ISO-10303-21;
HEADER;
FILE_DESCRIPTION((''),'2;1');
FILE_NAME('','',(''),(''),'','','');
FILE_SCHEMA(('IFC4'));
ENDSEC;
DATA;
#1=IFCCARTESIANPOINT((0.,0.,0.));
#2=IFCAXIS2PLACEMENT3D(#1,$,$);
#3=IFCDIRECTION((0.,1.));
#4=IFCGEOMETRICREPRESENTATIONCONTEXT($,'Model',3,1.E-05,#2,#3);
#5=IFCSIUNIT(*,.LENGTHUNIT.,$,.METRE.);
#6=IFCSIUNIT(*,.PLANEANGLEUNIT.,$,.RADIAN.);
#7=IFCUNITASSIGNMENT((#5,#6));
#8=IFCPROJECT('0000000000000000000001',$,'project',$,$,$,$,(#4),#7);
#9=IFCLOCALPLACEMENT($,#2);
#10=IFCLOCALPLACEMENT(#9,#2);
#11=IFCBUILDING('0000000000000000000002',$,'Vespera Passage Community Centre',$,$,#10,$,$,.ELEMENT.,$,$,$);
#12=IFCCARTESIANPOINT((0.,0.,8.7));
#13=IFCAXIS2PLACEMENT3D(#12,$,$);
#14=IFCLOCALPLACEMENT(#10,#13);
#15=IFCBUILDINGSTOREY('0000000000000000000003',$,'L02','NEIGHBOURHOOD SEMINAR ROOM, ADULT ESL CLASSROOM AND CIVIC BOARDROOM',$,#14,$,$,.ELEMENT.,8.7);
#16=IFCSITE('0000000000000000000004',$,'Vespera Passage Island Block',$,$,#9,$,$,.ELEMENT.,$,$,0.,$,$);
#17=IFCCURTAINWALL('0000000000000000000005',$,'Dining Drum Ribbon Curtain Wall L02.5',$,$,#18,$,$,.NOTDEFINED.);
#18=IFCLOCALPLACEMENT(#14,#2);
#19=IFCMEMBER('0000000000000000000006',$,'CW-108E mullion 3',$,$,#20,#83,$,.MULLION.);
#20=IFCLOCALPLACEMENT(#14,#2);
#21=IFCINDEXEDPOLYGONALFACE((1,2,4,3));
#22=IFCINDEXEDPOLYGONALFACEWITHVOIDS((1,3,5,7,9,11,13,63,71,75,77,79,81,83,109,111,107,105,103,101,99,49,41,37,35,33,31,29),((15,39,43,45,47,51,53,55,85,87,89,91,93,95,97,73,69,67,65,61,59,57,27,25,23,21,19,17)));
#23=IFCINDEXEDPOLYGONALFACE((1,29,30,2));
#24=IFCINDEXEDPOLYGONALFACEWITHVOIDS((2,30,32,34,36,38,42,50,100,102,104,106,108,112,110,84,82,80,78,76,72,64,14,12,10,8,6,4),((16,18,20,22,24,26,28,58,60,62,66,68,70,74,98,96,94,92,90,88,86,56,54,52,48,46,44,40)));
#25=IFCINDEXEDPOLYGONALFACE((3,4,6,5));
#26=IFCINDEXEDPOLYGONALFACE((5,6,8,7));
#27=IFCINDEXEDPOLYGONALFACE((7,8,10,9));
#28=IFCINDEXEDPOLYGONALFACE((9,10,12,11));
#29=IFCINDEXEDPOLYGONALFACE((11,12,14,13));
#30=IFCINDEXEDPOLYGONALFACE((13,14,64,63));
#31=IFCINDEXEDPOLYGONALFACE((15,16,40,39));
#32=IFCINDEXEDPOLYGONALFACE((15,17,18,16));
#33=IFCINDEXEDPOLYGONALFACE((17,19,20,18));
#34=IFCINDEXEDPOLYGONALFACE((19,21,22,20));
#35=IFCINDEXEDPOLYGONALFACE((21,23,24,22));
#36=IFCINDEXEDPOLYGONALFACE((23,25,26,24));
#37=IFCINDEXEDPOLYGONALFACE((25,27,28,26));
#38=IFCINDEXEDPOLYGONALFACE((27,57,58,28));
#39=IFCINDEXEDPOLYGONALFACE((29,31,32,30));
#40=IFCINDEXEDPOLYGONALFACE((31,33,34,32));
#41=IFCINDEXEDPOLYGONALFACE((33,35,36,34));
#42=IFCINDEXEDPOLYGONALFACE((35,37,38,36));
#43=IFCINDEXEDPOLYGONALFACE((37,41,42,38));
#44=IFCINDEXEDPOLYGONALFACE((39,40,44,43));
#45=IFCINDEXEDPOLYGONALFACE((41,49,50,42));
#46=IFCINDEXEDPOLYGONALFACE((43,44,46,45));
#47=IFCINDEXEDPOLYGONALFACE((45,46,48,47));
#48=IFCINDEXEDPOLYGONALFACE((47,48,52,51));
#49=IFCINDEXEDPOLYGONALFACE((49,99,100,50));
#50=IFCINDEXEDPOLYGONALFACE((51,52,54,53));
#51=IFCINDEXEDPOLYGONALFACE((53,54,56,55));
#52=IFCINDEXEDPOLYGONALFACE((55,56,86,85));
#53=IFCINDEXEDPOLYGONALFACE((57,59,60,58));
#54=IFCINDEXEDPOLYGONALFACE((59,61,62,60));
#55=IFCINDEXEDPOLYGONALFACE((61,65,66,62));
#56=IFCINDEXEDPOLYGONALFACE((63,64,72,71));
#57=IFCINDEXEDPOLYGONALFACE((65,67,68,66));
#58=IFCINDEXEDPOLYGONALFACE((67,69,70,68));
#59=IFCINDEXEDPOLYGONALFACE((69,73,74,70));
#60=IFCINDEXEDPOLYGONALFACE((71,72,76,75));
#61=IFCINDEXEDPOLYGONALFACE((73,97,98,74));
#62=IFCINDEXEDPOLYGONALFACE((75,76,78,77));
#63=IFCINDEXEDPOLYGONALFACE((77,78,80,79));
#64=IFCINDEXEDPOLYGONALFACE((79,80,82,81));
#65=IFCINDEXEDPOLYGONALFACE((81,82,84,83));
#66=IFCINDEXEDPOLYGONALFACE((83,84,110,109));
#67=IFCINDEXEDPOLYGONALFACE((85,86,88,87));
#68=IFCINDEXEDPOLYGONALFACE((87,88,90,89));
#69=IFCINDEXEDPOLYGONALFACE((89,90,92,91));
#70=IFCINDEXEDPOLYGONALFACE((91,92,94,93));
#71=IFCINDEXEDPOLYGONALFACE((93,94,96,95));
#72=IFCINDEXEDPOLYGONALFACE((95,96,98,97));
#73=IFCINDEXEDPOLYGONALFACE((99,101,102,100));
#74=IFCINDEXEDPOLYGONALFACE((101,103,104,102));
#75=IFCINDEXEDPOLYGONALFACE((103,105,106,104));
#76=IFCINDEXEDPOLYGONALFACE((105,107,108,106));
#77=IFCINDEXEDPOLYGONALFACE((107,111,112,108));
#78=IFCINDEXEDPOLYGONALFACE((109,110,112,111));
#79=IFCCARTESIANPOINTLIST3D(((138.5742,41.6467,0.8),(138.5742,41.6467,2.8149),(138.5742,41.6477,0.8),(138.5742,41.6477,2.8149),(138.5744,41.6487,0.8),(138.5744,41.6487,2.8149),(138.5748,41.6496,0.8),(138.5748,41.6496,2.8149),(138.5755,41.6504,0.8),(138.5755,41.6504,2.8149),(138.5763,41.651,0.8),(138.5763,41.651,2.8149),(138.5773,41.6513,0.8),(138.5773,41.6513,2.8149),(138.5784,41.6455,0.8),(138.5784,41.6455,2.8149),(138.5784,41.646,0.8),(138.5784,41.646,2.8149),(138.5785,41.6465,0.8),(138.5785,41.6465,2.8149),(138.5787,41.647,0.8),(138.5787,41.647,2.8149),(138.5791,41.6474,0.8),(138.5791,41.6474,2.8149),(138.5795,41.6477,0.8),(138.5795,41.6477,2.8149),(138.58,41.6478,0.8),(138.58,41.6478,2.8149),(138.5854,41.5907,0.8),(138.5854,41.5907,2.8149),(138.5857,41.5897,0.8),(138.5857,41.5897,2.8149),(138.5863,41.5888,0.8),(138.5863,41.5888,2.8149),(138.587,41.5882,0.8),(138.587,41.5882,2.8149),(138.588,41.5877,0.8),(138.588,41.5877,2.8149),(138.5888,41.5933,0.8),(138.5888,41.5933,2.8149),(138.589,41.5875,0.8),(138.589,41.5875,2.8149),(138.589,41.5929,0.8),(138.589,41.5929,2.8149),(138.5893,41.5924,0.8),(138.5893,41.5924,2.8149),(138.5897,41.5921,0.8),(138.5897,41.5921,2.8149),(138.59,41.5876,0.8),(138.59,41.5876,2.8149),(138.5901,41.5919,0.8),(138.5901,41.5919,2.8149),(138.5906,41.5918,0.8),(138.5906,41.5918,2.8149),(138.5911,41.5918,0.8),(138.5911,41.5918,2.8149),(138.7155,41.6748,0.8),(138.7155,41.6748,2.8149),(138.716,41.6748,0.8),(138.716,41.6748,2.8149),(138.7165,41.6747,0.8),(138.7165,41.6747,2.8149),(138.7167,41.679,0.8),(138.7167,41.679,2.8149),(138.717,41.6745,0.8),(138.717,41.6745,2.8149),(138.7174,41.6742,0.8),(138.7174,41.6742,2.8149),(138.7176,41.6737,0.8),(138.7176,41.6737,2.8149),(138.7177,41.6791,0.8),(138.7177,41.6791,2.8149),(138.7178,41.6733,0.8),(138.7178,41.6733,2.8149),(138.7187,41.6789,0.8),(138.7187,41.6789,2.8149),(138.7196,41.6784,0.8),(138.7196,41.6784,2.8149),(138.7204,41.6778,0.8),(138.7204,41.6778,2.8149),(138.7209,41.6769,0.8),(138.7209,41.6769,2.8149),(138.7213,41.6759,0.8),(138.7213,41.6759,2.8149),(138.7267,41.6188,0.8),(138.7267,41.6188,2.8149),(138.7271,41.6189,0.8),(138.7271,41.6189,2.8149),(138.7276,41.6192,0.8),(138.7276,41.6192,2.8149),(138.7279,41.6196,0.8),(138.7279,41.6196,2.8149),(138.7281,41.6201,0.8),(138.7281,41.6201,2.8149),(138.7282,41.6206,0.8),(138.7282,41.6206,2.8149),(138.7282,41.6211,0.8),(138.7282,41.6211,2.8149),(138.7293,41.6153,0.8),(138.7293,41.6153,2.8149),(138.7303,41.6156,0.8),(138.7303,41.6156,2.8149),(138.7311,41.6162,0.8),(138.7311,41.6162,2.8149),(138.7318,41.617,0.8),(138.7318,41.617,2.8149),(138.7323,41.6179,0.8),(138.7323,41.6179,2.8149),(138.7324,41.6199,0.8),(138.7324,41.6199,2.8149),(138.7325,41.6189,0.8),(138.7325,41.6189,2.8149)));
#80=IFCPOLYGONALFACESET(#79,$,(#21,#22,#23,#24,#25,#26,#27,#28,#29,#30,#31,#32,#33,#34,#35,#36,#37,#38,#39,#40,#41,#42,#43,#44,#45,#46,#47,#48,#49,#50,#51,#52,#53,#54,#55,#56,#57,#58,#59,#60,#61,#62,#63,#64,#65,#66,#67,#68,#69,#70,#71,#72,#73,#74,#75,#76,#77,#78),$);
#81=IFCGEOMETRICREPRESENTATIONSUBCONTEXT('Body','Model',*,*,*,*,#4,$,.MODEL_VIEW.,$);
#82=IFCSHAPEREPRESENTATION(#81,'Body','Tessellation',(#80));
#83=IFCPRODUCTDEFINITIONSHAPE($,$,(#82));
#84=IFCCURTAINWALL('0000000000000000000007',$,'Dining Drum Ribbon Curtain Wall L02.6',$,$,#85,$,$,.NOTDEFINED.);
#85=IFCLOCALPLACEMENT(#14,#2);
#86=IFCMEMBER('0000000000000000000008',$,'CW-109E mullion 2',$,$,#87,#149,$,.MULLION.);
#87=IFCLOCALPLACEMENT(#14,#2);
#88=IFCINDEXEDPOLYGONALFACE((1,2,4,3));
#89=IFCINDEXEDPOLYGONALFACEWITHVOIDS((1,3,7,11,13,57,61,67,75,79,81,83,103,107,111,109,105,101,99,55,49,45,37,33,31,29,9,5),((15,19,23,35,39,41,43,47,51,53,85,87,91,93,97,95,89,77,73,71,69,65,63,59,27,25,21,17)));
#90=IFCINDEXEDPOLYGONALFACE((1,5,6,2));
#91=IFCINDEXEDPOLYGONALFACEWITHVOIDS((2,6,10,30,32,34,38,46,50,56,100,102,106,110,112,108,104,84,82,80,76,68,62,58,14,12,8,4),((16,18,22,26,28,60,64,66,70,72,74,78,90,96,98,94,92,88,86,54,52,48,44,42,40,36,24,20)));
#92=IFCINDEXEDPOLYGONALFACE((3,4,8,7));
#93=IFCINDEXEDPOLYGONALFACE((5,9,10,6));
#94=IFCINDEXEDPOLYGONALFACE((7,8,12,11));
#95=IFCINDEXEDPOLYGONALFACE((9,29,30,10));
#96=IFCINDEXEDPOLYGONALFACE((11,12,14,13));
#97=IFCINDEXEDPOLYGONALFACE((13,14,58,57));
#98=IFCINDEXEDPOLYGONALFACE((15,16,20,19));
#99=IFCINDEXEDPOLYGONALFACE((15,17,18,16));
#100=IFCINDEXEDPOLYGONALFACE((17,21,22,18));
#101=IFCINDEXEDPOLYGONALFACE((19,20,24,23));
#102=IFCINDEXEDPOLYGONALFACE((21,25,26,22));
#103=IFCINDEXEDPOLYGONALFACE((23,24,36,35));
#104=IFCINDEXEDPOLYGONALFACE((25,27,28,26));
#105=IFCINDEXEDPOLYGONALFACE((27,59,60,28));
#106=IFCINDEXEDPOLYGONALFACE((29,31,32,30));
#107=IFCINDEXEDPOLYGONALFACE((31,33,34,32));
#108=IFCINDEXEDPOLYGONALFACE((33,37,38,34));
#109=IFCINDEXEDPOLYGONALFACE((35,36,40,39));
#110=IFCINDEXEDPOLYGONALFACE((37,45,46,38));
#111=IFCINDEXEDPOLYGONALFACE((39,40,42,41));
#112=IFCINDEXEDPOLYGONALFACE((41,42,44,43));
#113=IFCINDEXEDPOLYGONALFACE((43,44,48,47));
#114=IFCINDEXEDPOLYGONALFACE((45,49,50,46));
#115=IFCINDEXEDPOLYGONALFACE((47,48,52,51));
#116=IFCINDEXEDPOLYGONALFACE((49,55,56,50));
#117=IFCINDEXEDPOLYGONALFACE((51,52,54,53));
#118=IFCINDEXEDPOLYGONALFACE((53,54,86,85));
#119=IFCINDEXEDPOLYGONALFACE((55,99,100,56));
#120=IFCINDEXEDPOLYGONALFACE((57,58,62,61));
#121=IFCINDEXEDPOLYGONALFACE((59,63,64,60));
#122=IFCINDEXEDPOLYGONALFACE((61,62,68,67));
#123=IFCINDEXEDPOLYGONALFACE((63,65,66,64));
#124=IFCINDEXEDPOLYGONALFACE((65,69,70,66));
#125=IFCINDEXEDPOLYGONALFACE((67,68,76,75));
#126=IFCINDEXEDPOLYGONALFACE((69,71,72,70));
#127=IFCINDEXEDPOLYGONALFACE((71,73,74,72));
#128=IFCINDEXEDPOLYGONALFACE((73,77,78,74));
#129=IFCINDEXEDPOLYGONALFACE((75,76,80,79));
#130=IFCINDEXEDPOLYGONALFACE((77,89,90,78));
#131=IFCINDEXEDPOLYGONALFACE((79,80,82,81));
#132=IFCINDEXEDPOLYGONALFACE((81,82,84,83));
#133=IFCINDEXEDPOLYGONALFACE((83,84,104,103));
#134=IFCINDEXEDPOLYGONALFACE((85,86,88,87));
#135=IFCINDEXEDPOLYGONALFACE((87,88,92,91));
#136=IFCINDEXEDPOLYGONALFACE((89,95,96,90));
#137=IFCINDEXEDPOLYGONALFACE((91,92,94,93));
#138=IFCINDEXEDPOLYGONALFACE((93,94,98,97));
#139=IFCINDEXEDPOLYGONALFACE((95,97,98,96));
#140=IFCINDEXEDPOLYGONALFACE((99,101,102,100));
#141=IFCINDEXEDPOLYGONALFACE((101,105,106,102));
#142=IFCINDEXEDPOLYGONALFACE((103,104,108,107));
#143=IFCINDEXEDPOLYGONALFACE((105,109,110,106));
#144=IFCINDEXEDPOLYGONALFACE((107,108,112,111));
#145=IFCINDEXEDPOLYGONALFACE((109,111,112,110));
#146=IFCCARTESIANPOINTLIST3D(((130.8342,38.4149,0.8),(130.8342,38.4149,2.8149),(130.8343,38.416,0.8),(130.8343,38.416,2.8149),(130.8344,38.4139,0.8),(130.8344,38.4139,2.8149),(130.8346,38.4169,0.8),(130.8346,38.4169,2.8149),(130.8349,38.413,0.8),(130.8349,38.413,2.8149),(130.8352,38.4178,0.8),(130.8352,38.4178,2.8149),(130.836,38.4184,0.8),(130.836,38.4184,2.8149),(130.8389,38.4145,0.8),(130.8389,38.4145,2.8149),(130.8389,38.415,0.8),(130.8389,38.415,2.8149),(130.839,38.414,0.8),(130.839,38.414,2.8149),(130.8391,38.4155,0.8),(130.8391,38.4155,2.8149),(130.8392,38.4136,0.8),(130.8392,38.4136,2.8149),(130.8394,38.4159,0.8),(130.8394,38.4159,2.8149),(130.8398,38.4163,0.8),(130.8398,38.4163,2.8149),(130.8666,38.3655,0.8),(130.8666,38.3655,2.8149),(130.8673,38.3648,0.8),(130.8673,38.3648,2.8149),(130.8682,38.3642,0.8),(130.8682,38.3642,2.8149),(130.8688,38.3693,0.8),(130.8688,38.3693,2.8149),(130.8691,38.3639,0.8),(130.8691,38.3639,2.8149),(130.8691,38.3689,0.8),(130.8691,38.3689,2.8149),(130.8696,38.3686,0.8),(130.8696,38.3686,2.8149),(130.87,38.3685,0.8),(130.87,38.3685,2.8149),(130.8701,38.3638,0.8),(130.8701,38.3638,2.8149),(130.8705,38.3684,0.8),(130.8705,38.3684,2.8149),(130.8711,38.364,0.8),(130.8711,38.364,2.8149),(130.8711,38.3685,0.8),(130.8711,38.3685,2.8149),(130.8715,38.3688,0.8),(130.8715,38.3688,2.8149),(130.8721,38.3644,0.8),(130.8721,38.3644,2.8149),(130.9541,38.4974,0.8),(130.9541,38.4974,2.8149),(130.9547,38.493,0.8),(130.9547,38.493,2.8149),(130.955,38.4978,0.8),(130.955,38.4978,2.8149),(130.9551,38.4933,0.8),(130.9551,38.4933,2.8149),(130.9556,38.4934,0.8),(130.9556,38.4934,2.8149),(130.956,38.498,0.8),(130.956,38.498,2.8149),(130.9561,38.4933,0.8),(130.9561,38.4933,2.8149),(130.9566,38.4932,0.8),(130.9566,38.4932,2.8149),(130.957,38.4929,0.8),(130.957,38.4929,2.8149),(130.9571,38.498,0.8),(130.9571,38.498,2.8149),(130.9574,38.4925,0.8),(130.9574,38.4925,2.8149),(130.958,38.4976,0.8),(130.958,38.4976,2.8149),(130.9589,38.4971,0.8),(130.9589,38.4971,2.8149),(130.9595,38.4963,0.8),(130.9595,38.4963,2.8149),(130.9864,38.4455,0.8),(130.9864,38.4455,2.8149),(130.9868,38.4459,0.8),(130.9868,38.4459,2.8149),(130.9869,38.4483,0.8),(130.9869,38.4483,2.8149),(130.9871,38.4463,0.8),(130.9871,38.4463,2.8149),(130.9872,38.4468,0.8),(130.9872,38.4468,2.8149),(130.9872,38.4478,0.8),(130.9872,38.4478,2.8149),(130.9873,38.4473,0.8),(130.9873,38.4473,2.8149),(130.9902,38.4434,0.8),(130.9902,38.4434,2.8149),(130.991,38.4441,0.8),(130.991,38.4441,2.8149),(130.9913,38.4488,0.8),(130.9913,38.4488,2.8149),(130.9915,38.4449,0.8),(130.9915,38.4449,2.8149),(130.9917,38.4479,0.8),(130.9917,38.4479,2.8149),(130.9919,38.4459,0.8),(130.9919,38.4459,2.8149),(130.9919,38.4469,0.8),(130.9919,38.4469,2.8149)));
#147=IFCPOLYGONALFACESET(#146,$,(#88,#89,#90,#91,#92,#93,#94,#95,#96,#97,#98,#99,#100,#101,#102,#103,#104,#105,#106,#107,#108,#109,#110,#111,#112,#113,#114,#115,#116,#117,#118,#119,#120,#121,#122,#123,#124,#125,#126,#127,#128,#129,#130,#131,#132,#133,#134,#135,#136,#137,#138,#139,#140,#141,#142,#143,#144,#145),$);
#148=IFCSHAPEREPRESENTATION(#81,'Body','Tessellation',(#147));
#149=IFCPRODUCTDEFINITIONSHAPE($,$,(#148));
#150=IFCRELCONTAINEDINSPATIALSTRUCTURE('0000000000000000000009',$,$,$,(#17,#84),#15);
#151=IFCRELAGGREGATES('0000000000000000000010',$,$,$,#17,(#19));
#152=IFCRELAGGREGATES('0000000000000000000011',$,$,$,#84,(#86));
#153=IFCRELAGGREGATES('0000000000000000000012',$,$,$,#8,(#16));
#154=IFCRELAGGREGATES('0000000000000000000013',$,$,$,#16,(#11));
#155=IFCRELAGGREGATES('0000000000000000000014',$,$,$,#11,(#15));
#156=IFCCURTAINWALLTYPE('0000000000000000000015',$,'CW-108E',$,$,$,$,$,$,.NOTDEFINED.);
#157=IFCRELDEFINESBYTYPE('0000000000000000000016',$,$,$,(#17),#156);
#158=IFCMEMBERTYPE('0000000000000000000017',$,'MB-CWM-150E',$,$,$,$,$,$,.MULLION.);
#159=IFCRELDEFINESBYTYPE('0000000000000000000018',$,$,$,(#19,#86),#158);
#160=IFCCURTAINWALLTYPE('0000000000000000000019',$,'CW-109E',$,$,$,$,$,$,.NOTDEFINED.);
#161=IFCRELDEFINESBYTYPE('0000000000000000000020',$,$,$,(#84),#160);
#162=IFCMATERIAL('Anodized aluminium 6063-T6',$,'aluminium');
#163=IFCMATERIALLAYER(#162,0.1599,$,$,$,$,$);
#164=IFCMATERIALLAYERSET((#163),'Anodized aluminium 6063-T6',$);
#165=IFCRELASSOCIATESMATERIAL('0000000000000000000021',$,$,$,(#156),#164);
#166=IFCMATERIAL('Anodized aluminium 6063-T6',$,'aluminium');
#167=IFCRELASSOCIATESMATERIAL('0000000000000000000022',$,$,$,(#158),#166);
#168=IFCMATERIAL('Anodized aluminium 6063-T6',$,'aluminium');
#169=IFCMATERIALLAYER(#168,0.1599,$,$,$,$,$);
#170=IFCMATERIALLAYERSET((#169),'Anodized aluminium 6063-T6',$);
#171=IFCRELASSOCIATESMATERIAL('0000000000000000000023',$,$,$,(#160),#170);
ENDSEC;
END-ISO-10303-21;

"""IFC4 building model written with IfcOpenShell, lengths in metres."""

from ifc_helpers import new_model, si_unit, direction, frame, origin, origin_2d, place, context, subcontext, project, spatial, hollow_rectangle, extrude, material, layer, layer_set, material_profile, profile_set, type_object, element, aggregate, save


model = new_model("IFC4")

# Units and contexts
model_context = context("Model", 3, precision=1e-05, world=origin(), true_north=direction((0.0, 1.0)))
body_context = subcontext(model_context, "Body", "Model", "MODEL_VIEW")
ifc_project = project(units=[si_unit("LENGTHUNIT", "METRE"), si_unit("PLANEANGLEUNIT", "RADIAN")], contexts=[model_context])

# Site, building, storey
site_placement = place(None, origin())
site = spatial("IfcSite", under=ifc_project, at=site_placement, Name="Vespera Passage Island Block", CompositionType="ELEMENT", RefElevation=0.0)
building_placement = place(site_placement, origin())
building = spatial("IfcBuilding", under=site, at=building_placement, Name="Vespera Passage Community Centre", CompositionType="ELEMENT")
storey_placement = place(building_placement, frame((0.0, 0.0, 8.7)))
storey = spatial("IfcBuildingStorey", under=building, at=storey_placement, Name="L02", Description="NEIGHBOURHOOD SEMINAR ROOM, ADULT ESL CLASSROOM AND CIVIC BOARDROOM", CompositionType="ELEMENT", Elevation=8.7)

# Curtain walls, members
ifc_material_1 = material(Name="Anodized aluminium 6063-T6", Category="aluminium")
ifc_layer_1 = layer(ifc_material_1, 0.1599)
ifc_layer_set_1 = layer_set([ifc_layer_1], Name="Anodized aluminium 6063-T6")
curtain_wall_type_1 = type_object("IfcCurtainWallType", Name="CW-108E", PredefinedType="NOTDEFINED", material=ifc_layer_set_1)
curtain_wall_1_placement = place(storey_placement, origin())
curtain_wall_1 = element("IfcCurtainWall", 1, at=curtain_wall_1_placement, inside=storey, type_object=curtain_wall_type_1, Name="Dining Drum Ribbon Curtain Wall L02.5", PredefinedType="NOTDEFINED")
ifc_material_2 = material(Name="Anodized aluminium 6063-T6", Category="aluminium")
ifc_material_profile_1 = material_profile(ifc_material_2, hollow_rectangle(XDim=0.0649, YDim=0.1499, WallThickness=0.0039, InnerFilletRadius=0.002, OuterFilletRadius=0.0039, at=origin_2d()), Name="ALU150X65X4")
ifc_profile_set_1 = profile_set([ifc_material_profile_1], Name="Anodized aluminium 6063-T6")
member_type_1 = type_object("IfcMemberType", Name="MB-CWM-150E", PredefinedType="MULLION", material=ifc_profile_set_1)
member_1_placement = place(storey_placement, frame((138.6533, 41.6333, 0.8), z_axis=(0.0, 0.0, 1.0), x_axis=(-0.195097, 0.980784, 0.0)))
member_1 = element("IfcMember", 2, at=member_1_placement, type_object=member_type_1, Name="CW-108E mullion 3", PredefinedType="MULLION", context=body_context, shape_type="SweptSolid", body=[
    extrude(hollow_rectangle(XDim=0.0649, YDim=0.1499, WallThickness=0.0039, InnerFilletRadius=0.002, OuterFilletRadius=0.0039, at=origin_2d()), origin(), (0.0, 0.0, 1.0), 2.0149),
])
ifc_material_3 = material(Name="Anodized aluminium 6063-T6", Category="aluminium")
ifc_layer_2 = layer(ifc_material_3, 0.1599)
ifc_layer_set_2 = layer_set([ifc_layer_2], Name="Anodized aluminium 6063-T6")
curtain_wall_type_2 = type_object("IfcCurtainWallType", Name="CW-109E", PredefinedType="NOTDEFINED", material=ifc_layer_set_2)
curtain_wall_2_placement = place(storey_placement, origin())
curtain_wall_2 = element("IfcCurtainWall", 3, at=curtain_wall_2_placement, inside=storey, type_object=curtain_wall_type_2, Name="Dining Drum Ribbon Curtain Wall L02.6", PredefinedType="NOTDEFINED")
member_2_placement = place(storey_placement, frame((130.9131, 38.4309, 0.8), z_axis=(0.0, 0.0, 1.0), x_axis=(-0.555565, 0.831473, 0.0)))
member_2 = element("IfcMember", 4, at=member_2_placement, type_object=member_type_1, Name="CW-109E mullion 2", PredefinedType="MULLION", context=body_context, shape_type="SweptSolid", body=[
    extrude(hollow_rectangle(XDim=0.0649, YDim=0.1499, WallThickness=0.0039, InnerFilletRadius=0.002, OuterFilletRadius=0.0039, at=origin_2d()), origin(), (0.0, 0.0, 1.0), 2.0149),
])

aggregate(curtain_wall_1, [member_1])
aggregate(curtain_wall_2, [member_2])

save(model, "model.ifc")
